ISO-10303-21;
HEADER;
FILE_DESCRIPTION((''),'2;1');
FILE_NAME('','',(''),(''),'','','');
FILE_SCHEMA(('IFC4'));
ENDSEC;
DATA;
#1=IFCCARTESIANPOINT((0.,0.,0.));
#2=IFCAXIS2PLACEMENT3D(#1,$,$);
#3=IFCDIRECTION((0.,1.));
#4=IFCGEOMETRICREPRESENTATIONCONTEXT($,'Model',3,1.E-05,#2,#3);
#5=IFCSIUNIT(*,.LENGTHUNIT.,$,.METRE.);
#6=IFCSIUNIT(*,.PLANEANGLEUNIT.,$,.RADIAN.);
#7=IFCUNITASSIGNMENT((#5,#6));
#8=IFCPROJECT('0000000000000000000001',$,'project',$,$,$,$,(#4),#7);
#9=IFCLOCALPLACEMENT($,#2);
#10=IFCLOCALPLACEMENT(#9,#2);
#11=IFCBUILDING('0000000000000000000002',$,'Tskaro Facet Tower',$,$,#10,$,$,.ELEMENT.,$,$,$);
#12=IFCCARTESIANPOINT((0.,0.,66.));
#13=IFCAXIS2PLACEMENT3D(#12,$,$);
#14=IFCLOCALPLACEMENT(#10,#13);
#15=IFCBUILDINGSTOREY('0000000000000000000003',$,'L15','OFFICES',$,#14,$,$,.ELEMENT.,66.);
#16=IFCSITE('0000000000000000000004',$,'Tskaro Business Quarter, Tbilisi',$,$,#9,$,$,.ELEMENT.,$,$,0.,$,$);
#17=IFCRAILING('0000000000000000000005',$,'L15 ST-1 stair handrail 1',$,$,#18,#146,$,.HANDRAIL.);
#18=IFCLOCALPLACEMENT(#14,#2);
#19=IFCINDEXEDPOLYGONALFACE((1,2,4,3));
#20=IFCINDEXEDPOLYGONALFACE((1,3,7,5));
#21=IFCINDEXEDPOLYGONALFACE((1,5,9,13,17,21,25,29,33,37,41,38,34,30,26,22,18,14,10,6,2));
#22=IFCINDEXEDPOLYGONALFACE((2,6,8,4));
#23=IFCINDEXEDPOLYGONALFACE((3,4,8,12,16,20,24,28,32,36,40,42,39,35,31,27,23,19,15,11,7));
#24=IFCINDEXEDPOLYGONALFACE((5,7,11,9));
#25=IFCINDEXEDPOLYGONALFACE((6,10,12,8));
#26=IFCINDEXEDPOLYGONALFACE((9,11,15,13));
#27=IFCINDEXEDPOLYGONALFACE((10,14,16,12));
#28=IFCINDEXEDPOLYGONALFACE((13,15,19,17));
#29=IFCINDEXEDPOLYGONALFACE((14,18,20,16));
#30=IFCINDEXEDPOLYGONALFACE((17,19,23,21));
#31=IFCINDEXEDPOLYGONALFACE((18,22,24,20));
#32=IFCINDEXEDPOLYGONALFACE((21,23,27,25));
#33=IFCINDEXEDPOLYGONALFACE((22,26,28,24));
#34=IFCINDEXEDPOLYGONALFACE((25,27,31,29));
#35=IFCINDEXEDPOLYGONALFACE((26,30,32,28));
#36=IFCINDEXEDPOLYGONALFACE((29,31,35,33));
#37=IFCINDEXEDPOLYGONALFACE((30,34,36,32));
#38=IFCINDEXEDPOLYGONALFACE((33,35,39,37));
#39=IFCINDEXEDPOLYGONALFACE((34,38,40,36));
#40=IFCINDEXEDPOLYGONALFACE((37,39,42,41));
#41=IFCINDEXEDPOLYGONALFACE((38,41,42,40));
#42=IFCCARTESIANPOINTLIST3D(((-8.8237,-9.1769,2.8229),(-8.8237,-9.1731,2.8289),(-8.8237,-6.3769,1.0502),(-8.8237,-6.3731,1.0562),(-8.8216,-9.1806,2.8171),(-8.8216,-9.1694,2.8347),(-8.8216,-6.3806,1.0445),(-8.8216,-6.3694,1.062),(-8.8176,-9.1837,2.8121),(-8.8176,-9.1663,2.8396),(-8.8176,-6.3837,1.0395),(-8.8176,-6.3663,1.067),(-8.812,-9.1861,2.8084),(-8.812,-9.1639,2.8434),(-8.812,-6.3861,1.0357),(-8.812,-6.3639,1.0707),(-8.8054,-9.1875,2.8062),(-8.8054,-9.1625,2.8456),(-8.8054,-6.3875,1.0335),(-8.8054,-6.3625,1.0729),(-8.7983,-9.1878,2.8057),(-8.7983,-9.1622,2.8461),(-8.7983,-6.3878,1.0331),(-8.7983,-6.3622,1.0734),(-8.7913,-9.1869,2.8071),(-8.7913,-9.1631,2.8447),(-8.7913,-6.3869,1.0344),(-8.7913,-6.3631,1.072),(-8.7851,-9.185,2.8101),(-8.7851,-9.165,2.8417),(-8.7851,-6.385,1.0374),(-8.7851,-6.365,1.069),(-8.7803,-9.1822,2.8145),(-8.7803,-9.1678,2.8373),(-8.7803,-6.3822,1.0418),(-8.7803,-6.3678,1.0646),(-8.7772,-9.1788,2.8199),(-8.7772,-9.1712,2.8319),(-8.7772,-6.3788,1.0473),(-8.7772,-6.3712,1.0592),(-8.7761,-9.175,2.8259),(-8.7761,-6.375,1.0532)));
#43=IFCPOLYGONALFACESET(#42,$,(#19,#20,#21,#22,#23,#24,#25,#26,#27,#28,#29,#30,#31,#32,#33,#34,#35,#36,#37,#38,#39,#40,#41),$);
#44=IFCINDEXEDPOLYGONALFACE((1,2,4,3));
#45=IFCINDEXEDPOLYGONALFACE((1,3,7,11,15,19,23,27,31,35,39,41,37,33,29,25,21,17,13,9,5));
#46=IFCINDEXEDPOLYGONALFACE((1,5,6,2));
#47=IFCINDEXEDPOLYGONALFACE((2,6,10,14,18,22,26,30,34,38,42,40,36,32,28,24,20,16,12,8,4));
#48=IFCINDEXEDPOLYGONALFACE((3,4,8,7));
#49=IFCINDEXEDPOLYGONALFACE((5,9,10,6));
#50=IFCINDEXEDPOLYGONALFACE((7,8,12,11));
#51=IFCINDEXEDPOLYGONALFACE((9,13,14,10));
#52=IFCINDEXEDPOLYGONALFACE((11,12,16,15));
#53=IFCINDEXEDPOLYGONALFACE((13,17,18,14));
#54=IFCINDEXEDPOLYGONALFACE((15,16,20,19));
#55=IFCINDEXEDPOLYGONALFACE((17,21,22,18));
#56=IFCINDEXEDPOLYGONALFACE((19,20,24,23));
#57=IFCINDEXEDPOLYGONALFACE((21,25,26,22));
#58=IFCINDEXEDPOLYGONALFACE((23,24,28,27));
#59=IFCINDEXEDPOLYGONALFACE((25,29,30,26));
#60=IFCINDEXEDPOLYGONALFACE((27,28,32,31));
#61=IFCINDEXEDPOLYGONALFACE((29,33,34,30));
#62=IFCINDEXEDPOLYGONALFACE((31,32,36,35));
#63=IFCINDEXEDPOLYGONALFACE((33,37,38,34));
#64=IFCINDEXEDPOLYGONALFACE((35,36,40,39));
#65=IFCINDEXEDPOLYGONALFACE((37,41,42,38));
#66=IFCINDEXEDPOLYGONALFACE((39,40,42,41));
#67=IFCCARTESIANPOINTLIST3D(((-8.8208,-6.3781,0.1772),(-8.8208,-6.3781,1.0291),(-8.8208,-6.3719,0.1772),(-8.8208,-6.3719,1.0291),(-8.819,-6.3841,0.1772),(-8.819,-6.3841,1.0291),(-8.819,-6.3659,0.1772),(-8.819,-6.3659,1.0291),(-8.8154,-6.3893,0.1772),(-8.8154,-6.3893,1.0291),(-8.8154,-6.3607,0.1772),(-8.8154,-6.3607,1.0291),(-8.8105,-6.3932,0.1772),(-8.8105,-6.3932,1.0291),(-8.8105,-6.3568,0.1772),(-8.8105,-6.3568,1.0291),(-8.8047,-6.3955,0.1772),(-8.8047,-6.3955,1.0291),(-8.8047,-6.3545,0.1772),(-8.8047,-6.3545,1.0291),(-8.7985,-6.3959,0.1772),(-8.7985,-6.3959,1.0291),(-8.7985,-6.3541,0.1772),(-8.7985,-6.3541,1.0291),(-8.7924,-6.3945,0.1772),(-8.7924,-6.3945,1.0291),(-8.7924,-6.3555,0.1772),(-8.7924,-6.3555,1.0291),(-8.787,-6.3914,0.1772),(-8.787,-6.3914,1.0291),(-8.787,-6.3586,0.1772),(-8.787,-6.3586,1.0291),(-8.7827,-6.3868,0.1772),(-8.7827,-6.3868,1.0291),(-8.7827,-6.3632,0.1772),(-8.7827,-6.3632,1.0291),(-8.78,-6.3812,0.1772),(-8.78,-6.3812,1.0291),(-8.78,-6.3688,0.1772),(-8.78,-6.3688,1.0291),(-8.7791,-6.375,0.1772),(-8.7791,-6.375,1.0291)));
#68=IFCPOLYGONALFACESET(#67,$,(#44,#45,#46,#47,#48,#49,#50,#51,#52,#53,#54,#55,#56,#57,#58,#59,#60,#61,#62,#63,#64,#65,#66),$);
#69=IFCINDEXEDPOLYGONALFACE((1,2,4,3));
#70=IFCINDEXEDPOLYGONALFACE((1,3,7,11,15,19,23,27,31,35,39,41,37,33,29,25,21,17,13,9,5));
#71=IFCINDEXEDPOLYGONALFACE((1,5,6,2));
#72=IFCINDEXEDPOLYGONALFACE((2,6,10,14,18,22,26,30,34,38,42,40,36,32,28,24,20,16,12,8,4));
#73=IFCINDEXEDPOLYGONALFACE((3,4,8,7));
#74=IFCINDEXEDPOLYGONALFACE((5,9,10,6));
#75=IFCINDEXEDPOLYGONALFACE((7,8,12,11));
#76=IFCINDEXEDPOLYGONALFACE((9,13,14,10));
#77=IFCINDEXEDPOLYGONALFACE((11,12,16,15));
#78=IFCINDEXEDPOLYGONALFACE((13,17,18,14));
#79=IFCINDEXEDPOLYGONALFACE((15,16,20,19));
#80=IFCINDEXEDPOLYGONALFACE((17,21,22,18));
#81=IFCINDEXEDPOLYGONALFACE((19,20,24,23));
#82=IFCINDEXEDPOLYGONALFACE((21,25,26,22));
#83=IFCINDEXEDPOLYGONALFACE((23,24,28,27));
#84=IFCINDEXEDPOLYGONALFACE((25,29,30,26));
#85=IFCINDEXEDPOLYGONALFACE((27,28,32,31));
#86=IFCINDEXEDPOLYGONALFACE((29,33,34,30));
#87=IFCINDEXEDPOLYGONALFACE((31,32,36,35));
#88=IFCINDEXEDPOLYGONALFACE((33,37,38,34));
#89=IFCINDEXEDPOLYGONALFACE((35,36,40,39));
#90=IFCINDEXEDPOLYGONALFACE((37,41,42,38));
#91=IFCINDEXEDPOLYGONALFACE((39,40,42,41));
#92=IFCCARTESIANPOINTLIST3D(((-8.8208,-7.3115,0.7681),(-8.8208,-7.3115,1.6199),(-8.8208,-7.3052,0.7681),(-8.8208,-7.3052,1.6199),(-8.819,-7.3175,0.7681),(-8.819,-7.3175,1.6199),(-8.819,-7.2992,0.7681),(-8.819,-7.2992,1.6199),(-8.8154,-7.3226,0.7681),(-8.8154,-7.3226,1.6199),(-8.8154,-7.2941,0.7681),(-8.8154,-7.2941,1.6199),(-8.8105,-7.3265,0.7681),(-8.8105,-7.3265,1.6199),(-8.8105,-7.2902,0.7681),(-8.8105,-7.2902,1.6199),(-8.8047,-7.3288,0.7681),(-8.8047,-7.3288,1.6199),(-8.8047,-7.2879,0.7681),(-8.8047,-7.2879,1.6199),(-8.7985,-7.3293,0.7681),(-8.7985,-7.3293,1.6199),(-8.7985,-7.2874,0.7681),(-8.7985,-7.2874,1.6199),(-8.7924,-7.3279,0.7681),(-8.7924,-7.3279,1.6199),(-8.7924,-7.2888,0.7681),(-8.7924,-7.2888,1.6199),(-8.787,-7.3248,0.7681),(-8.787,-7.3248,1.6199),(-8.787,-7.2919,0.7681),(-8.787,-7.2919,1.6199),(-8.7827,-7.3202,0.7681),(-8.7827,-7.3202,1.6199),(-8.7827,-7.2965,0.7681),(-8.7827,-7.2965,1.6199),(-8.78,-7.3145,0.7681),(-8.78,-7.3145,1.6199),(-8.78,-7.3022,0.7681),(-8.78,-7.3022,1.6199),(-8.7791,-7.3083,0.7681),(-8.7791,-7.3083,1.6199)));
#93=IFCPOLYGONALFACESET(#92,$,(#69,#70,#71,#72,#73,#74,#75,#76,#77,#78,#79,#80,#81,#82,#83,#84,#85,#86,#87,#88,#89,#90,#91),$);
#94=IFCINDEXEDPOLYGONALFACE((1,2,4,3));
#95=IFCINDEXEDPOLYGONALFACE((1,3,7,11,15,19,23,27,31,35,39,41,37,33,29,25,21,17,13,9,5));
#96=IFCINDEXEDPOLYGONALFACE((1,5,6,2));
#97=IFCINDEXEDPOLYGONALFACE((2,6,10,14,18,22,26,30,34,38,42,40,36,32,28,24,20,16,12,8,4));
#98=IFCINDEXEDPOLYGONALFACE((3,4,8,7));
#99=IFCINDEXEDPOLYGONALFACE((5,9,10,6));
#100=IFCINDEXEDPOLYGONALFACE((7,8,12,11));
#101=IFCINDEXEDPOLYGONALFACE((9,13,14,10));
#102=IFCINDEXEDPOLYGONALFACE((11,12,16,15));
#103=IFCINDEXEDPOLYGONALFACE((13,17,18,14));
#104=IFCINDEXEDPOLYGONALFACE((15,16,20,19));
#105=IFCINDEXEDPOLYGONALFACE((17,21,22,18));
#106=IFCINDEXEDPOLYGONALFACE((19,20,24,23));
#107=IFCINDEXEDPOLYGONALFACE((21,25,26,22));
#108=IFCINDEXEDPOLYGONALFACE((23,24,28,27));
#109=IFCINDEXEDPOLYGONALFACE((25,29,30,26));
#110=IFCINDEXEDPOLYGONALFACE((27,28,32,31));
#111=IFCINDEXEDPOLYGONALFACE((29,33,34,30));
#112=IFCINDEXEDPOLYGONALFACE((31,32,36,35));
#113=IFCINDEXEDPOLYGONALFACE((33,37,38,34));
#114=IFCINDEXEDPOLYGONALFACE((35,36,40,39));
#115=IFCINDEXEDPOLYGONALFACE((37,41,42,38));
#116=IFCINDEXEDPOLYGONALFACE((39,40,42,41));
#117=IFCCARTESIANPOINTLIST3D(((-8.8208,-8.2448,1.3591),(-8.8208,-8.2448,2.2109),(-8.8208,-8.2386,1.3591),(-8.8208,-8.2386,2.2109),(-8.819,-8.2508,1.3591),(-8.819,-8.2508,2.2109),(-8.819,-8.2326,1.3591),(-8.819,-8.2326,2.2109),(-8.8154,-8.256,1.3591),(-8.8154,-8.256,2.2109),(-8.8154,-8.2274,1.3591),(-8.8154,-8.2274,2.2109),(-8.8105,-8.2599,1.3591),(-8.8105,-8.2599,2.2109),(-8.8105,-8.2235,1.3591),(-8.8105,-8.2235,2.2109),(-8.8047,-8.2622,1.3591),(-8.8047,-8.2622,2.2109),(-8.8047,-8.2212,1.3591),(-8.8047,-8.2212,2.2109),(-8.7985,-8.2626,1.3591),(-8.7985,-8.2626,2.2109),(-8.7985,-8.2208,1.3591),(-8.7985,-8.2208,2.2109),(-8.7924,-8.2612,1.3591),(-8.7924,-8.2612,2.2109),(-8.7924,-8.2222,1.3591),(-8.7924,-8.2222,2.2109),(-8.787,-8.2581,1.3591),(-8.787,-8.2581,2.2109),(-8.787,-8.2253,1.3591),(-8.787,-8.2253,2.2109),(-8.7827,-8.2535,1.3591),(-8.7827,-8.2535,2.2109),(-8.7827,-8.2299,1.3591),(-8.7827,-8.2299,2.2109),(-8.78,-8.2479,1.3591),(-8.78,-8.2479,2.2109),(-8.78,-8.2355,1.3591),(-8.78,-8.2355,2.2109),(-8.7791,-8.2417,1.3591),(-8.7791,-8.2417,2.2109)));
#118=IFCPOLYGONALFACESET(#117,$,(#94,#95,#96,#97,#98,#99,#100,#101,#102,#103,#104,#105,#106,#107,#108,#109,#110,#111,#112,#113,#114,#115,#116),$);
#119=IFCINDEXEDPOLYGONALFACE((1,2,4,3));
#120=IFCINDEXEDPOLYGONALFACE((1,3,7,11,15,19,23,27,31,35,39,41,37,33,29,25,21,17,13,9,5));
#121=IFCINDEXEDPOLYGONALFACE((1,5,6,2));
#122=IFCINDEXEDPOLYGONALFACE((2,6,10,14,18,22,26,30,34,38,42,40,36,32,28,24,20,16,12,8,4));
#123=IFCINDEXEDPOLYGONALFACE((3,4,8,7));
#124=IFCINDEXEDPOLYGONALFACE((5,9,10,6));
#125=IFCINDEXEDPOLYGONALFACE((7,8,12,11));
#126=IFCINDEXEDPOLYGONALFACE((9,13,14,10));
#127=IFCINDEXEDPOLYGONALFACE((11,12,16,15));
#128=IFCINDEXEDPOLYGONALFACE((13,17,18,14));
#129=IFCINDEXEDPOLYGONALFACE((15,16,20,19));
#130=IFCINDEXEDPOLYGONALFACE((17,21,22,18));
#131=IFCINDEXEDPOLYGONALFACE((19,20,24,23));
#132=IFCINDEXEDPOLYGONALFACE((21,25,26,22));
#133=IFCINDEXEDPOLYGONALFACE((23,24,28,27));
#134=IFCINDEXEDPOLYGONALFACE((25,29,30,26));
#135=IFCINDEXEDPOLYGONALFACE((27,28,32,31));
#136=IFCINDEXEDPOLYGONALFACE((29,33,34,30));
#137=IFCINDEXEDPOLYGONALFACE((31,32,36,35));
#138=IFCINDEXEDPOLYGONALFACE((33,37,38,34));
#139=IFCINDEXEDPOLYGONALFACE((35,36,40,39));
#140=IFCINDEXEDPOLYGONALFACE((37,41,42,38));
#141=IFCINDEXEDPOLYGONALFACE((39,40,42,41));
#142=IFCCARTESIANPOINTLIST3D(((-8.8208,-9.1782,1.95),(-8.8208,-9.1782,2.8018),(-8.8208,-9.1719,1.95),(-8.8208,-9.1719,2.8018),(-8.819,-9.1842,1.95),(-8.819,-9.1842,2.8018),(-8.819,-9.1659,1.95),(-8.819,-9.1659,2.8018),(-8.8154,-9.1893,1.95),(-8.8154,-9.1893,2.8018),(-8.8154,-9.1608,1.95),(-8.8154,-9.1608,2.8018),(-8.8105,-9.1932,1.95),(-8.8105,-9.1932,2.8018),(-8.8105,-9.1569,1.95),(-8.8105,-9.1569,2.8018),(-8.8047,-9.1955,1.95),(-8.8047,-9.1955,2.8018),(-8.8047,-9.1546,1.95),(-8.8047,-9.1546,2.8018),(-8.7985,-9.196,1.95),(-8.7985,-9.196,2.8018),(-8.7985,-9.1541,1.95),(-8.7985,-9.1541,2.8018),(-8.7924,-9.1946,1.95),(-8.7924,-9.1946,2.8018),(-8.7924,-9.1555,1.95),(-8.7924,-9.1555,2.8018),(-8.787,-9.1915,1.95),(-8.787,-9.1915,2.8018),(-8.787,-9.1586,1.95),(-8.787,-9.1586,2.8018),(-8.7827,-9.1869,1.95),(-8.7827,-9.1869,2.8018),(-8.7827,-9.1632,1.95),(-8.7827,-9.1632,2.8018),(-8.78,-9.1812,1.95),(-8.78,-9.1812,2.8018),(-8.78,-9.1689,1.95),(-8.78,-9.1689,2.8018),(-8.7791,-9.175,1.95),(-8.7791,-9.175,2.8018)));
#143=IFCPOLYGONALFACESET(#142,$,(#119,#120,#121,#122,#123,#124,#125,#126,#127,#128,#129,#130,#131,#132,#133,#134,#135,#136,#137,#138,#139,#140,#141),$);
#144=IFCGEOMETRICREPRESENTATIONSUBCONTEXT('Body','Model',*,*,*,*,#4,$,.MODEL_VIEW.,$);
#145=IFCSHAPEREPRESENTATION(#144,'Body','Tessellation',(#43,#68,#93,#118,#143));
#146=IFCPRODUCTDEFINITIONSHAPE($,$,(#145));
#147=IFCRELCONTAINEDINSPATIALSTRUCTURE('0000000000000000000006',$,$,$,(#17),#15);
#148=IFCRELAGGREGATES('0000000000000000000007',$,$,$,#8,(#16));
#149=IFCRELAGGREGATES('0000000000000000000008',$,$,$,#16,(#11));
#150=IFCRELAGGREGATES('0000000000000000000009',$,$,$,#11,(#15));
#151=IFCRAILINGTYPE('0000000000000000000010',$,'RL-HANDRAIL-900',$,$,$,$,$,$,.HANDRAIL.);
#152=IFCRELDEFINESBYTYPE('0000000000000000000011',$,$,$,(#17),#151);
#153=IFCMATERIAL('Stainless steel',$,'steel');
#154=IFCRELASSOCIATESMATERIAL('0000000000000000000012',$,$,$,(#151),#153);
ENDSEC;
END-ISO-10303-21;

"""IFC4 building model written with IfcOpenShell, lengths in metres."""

from ifc_helpers import new_model, si_unit, direction, frame, origin, origin_2d, place, context, subcontext, project, spatial, circle, extrude, material, type_object, element, save


model = new_model("IFC4")

# Units and contexts
model_context = context("Model", 3, precision=1e-05, world=origin(), true_north=direction((0.0, 1.0)))
body_context = subcontext(model_context, "Body", "Model", "MODEL_VIEW")
ifc_project = project(units=[si_unit("LENGTHUNIT", "METRE"), si_unit("PLANEANGLEUNIT", "RADIAN")], contexts=[model_context])

# Site, building, storey
site_placement = place(None, origin())
site = spatial("IfcSite", under=ifc_project, at=site_placement, Name="Tskaro Business Quarter, Tbilisi", CompositionType="ELEMENT", RefElevation=0.0)
building_placement = place(site_placement, origin())
building = spatial("IfcBuilding", under=site, at=building_placement, Name="Tskaro Facet Tower", CompositionType="ELEMENT")
storey_placement = place(building_placement, frame((0.0, 0.0, 66.0)))
storey = spatial("IfcBuildingStorey", under=building, at=storey_placement, Name="L15", Description="OFFICES", CompositionType="ELEMENT", Elevation=66.0)

# Shared definitions
ifc_material_1 = material(Name="Stainless steel", Category="steel")

# Railing
railing_type_1 = type_object("IfcRailingType", Name="RL-HANDRAIL-900", PredefinedType="HANDRAIL", material=ifc_material_1)
railing_1_placement = place(storey_placement, frame((-8.8, -6.375, 0.1772)))
element("IfcRailing", 1, at=railing_1_placement, inside=storey, type_object=railing_type_1, Name="L15 ST-1 stair handrail 1", PredefinedType="HANDRAIL", context=body_context, shape_type="SweptSolid", body=[
    extrude(circle(Radius=0.0239, at=origin_2d()), frame((0.0, 0.0, 0.876), z_axis=(0.0, -0.844909, 0.53491), x_axis=(1.0, 0.0, 0.0)), (0.0, 0.0, 1.0), 3.314),
    extrude(circle(Radius=0.021, at=origin_2d()), origin(), (0.0, 0.0, 1.0), 0.8518),
    extrude(circle(Radius=0.021, at=origin_2d()), frame((0.0, -0.9333, 0.5908)), (0.0, 0.0, 1.0), 0.8518),
    extrude(circle(Radius=0.021, at=origin_2d()), frame((0.0, -1.8667, 1.1819)), (0.0, 0.0, 1.0), 0.8518),
    extrude(circle(Radius=0.021, at=origin_2d()), frame((0.0, -2.8, 1.7727)), (0.0, 0.0, 1.0), 0.8518),
])

save(model, "model.ifc")
